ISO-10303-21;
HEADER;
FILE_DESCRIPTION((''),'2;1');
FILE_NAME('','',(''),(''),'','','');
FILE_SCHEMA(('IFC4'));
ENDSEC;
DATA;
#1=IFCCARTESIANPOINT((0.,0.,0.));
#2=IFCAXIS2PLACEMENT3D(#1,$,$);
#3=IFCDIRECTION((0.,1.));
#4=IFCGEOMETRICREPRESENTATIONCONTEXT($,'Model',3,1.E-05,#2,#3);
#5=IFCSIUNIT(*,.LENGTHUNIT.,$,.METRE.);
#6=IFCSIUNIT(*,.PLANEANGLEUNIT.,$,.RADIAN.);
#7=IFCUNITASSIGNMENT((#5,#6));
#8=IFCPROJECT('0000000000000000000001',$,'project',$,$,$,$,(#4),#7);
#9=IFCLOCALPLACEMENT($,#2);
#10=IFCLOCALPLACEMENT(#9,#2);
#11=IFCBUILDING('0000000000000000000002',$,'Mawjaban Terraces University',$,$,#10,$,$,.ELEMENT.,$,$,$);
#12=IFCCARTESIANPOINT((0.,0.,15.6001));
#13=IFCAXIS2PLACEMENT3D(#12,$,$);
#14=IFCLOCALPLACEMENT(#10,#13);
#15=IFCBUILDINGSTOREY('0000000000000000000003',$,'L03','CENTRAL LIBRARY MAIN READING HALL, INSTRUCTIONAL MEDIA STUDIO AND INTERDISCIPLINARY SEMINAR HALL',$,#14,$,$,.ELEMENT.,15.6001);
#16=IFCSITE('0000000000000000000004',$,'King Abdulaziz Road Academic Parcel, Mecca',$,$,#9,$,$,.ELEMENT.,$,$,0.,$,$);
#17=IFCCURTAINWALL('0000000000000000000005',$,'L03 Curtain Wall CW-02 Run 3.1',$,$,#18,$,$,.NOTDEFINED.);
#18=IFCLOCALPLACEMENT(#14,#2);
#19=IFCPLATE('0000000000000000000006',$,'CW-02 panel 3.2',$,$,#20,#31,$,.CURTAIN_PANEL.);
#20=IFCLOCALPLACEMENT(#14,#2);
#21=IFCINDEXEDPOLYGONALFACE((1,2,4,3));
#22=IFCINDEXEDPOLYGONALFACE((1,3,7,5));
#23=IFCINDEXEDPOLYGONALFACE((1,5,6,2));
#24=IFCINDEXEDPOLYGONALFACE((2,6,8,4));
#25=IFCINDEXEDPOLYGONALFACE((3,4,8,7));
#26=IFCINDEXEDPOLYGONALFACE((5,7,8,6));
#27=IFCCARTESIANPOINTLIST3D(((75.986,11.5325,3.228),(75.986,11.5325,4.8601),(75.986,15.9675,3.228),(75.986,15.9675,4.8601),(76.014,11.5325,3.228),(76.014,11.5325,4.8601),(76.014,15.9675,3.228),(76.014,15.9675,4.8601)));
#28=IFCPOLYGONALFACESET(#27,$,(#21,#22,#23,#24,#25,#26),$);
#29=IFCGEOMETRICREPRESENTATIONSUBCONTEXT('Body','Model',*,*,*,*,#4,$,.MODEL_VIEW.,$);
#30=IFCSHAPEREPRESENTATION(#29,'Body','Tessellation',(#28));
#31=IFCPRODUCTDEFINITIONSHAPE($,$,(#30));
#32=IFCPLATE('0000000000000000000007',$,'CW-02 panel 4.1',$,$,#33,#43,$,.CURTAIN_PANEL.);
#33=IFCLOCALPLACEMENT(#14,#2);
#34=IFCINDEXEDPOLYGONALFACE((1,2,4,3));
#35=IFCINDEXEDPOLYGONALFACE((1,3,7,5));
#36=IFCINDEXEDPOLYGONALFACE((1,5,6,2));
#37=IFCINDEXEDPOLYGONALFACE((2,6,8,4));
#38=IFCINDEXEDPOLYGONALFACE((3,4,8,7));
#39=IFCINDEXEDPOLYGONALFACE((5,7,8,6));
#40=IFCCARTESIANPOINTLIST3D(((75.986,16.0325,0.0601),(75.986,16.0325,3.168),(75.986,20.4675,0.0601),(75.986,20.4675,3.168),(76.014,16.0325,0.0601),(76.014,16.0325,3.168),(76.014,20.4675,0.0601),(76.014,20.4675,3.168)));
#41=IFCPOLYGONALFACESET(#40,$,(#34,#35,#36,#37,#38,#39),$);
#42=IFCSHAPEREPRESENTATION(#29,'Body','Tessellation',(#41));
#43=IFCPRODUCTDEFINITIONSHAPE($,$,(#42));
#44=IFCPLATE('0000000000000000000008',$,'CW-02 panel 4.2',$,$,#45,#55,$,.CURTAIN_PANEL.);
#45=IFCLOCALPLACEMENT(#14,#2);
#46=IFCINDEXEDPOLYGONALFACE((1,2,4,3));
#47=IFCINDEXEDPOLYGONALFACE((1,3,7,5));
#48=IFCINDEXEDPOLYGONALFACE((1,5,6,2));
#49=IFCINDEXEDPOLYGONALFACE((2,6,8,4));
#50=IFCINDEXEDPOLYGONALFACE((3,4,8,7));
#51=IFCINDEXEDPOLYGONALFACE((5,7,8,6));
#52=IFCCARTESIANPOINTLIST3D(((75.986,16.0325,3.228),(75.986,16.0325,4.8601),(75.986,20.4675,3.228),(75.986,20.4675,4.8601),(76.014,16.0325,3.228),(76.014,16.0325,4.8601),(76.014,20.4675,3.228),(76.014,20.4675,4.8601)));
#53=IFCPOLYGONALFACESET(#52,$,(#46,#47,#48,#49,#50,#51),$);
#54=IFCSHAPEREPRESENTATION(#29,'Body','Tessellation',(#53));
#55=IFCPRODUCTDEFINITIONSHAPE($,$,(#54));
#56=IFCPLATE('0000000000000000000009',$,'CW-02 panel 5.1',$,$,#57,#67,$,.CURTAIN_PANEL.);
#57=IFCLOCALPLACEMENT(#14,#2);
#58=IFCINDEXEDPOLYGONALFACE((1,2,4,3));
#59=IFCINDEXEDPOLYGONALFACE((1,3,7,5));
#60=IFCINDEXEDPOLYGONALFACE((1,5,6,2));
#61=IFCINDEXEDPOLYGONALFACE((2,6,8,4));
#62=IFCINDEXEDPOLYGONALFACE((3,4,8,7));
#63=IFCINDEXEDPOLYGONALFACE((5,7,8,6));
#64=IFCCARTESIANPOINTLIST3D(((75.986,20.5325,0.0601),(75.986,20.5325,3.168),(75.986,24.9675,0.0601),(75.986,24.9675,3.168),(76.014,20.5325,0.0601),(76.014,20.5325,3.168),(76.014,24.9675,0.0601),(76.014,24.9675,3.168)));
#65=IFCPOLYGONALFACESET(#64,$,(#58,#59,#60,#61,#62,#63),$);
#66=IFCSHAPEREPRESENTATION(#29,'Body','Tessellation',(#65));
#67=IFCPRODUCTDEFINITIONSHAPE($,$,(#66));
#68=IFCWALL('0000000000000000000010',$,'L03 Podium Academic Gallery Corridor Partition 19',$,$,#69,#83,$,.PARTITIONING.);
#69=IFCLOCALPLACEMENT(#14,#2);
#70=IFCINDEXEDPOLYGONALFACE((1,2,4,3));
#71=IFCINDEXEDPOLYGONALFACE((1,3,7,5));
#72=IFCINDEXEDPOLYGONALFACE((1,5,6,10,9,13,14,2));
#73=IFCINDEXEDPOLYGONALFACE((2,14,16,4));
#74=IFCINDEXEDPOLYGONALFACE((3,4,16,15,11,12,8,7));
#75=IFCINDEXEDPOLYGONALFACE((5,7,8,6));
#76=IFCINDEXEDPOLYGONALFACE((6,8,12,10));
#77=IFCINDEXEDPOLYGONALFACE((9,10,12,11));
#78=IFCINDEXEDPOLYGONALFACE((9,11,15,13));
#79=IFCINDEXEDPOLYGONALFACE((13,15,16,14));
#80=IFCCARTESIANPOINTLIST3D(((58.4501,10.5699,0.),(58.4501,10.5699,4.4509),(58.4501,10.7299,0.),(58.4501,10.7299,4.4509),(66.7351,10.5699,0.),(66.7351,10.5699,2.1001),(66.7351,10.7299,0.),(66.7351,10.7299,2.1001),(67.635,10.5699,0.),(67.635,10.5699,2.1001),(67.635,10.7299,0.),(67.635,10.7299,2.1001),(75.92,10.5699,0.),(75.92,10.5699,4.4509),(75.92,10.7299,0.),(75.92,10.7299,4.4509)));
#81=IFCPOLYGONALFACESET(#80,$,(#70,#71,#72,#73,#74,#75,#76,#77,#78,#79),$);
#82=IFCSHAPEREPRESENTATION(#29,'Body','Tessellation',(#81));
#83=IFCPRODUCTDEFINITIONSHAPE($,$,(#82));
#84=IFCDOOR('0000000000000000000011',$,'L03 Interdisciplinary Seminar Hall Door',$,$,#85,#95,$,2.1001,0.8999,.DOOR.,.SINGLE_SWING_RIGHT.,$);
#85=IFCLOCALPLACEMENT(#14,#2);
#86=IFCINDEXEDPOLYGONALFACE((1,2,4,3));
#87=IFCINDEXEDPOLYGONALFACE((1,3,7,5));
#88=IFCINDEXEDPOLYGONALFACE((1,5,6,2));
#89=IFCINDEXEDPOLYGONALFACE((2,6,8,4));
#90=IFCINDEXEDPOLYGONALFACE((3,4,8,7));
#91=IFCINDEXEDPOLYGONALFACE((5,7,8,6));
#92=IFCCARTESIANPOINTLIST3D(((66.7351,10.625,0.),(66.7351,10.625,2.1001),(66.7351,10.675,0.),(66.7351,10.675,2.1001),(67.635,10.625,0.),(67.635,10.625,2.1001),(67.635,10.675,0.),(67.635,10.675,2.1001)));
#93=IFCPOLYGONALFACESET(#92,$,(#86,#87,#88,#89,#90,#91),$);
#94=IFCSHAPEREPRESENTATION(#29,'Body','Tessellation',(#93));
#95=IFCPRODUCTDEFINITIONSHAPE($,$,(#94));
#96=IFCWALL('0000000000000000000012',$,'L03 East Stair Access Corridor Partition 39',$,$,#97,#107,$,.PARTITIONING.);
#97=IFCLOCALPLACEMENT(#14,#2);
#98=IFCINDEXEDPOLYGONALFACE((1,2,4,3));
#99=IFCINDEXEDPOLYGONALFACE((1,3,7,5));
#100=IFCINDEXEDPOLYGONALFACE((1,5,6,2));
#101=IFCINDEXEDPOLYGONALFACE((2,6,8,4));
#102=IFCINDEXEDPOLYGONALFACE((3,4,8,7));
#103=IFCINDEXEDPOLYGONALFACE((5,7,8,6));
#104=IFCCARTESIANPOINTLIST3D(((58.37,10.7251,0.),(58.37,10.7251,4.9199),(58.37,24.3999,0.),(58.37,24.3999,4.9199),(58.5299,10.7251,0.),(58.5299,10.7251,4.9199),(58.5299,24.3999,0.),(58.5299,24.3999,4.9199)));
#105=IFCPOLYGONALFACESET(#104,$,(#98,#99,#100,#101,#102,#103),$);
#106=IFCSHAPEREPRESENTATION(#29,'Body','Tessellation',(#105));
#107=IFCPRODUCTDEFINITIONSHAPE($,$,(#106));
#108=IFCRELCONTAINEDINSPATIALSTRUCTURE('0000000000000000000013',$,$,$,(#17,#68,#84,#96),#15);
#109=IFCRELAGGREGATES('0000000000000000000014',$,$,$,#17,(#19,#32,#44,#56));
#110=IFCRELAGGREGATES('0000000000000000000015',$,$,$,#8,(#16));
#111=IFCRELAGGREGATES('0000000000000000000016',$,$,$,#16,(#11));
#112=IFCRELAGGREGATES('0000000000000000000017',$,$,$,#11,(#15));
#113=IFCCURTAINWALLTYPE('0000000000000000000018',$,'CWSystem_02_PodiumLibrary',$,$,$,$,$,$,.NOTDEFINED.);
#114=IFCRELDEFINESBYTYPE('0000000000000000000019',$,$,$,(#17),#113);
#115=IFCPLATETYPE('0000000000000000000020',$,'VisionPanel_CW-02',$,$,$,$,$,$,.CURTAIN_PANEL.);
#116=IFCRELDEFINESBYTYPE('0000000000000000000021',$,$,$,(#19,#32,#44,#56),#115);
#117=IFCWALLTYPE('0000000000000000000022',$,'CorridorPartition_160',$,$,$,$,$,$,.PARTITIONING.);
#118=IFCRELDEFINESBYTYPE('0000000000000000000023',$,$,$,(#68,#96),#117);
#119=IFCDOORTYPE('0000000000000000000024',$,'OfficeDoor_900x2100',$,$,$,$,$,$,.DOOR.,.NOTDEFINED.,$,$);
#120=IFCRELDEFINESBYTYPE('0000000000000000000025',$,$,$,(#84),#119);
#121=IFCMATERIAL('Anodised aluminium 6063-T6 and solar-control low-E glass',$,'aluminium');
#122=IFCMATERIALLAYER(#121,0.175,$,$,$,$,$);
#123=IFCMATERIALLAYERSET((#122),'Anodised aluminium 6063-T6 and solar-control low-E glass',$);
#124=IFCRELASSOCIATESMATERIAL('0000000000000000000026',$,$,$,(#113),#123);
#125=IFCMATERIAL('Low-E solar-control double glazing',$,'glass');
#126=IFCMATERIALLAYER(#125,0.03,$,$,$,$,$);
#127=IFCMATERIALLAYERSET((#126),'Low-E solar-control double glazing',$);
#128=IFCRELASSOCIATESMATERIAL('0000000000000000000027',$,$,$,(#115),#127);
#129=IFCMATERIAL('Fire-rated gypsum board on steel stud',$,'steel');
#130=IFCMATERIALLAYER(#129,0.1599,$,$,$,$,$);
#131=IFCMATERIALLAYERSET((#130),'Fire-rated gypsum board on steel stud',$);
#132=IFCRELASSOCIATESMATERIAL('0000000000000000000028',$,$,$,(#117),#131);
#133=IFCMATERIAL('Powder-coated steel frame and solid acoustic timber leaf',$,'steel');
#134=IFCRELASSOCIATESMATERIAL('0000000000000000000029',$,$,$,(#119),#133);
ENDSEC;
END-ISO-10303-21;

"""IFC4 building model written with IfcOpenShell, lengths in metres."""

from ifc_helpers import new_model, si_unit, direction, frame, frame_2d, origin, origin_2d, place, context, subcontext, project, spatial, rectangle, extrude, material, layer, layer_set, type_object, element, fill, aggregate, save


model = new_model("IFC4")

# Units and contexts
model_context = context("Model", 3, precision=1e-05, world=origin(), true_north=direction((0.0, 1.0)))
body_context = subcontext(model_context, "Body", "Model", "MODEL_VIEW")
ifc_project = project(units=[si_unit("LENGTHUNIT", "METRE"), si_unit("PLANEANGLEUNIT", "RADIAN")], contexts=[model_context])

# Site, building, storey
site_placement = place(None, origin())
site = spatial("IfcSite", under=ifc_project, at=site_placement, Name="King Abdulaziz Road Academic Parcel, Mecca", CompositionType="ELEMENT", RefElevation=0.0)
building_placement = place(site_placement, origin())
building = spatial("IfcBuilding", under=site, at=building_placement, Name="Mawjaban Terraces University", CompositionType="ELEMENT")
storey_placement = place(building_placement, frame((0.0, 0.0, 15.6001)))
storey = spatial("IfcBuildingStorey", under=building, at=storey_placement, Name="L03", Description="CENTRAL LIBRARY MAIN READING HALL, INSTRUCTIONAL MEDIA STUDIO AND INTERDISCIPLINARY SEMINAR HALL", CompositionType="ELEMENT", Elevation=15.6001)

# Curtain wall, plates
ifc_material_1 = material(Name="Anodised aluminium 6063-T6 and solar-control low-E glass", Category="aluminium")
ifc_layer_1 = layer(ifc_material_1, 0.175)
ifc_layer_set_1 = layer_set([ifc_layer_1], Name="Anodised aluminium 6063-T6 and solar-control low-E glass")
curtain_wall_type = type_object("IfcCurtainWallType", Name="CWSystem_02_PodiumLibrary", PredefinedType="NOTDEFINED", material=ifc_layer_set_1)
curtain_wall_placement = place(storey_placement, origin())
curtain_wall = element("IfcCurtainWall", 1, at=curtain_wall_placement, inside=storey, type_object=curtain_wall_type, Name="L03 Curtain Wall CW-02 Run 3.1", PredefinedType="NOTDEFINED")
ifc_material_2 = material(Name="Low-E solar-control double glazing", Category="glass")
ifc_layer_2 = layer(ifc_material_2, 0.03)
ifc_layer_set_2 = layer_set([ifc_layer_2], Name="Low-E solar-control double glazing")
plate_type = type_object("IfcPlateType", Name="VisionPanel_CW-02", PredefinedType="CURTAIN_PANEL", material=ifc_layer_set_2)
plate_1_placement = place(storey_placement, frame((76.0, 13.75, 3.228), z_axis=(0.0, 0.0, 1.0), x_axis=(0.0, 1.0, 0.0)))
plate_1 = element("IfcPlate", 2, at=plate_1_placement, type_object=plate_type, Name="CW-02 panel 3.2", PredefinedType="CURTAIN_PANEL", context=body_context, shape_type="SweptSolid", body=[
    extrude(rectangle(XDim=4.4351, YDim=0.0281, at=origin_2d()), origin(), (0.0, 0.0, 1.0), 1.6321),
])
plate_2_placement = place(storey_placement, frame((76.0, 18.25, 0.0601), z_axis=(0.0, 0.0, 1.0), x_axis=(0.0, 1.0, 0.0)))
plate_2 = element("IfcPlate", 3, at=plate_2_placement, type_object=plate_type, Name="CW-02 panel 4.1", PredefinedType="CURTAIN_PANEL", context=body_context, shape_type="SweptSolid", body=[
    extrude(rectangle(XDim=4.4351, YDim=0.0281, at=origin_2d()), origin(), (0.0, 0.0, 1.0), 3.1079),
])
plate_3_placement = place(storey_placement, frame((76.0, 18.25, 3.228), z_axis=(0.0, 0.0, 1.0), x_axis=(0.0, 1.0, 0.0)))
plate_3 = element("IfcPlate", 4, at=plate_3_placement, type_object=plate_type, Name="CW-02 panel 4.2", PredefinedType="CURTAIN_PANEL", context=body_context, shape_type="SweptSolid", body=[
    extrude(rectangle(XDim=4.4351, YDim=0.0281, at=origin_2d()), origin(), (0.0, 0.0, 1.0), 1.6321),
])
plate_4_placement = place(storey_placement, frame((76.0, 22.75, 0.0601), z_axis=(0.0, 0.0, 1.0), x_axis=(0.0, 1.0, 0.0)))
plate_4 = element("IfcPlate", 5, at=plate_4_placement, type_object=plate_type, Name="CW-02 panel 5.1", PredefinedType="CURTAIN_PANEL", context=body_context, shape_type="SweptSolid", body=[
    extrude(rectangle(XDim=4.4351, YDim=0.0281, at=origin_2d()), origin(), (0.0, 0.0, 1.0), 3.1079),
])
aggregate(curtain_wall, [plate_1, plate_2, plate_3, plate_4])

# Wall, opening, door
ifc_material_3 = material(Name="Fire-rated gypsum board on steel stud", Category="steel")
ifc_layer_3 = layer(ifc_material_3, 0.1599)
ifc_layer_set_3 = layer_set([ifc_layer_3], Name="Fire-rated gypsum board on steel stud")
wall_type = type_object("IfcWallType", Name="CorridorPartition_160", PredefinedType="PARTITIONING", material=ifc_layer_set_3)
wall_1_placement = place(storey_placement, frame((75.9199, 10.6499, 0.0), z_axis=(0.0, 0.0, 1.0), x_axis=(-1.0, 0.0, 0.0)))
wall_1 = element("IfcWall", 6, at=wall_1_placement, inside=storey, type_object=wall_type, Name="L03 Podium Academic Gallery Corridor Partition 19", PredefinedType="PARTITIONING", context=body_context, shape_type="SweptSolid", body=[
    extrude(rectangle(XDim=17.47, YDim=0.1599, at=frame_2d((8.7349, 0.0))), origin(), (0.0, 0.0, 1.0), 4.4509),
])
opening_placement = place(wall_1_placement, frame((8.2849, 0.0, 0.0)))
opening = element("IfcOpeningElement", 7, at=opening_placement, cuts=wall_1, PredefinedType="OPENING", context=body_context, shape_type="SweptSolid", body=[
    extrude(rectangle(XDim=0.8999, YDim=2.1001, at=frame_2d((0.45, 1.05))), frame((0.0, 0.0898, 0.0), z_axis=(0.0, -1.0, 0.0), x_axis=(1.0, 0.0, 0.0)), (0.0, 0.0, 1.0), 0.1799),
])
ifc_material_4 = material(Name="Powder-coated steel frame and solid acoustic timber leaf", Category="steel")
door_type = type_object("IfcDoorType", Name="OfficeDoor_900x2100", OperationType="NOTDEFINED", PredefinedType="DOOR", material=ifc_material_4)
door_placement = place(opening_placement, origin())
door = element("IfcDoor", 8, at=door_placement, inside=storey, type_object=door_type, Name="L03 Interdisciplinary Seminar Hall Door", OperationType="SINGLE_SWING_RIGHT", OverallHeight=2.1001, OverallWidth=0.8999, PredefinedType="DOOR", context=body_context, shape_type="SweptSolid", body=[
    extrude(rectangle(XDim=0.8999, YDim=2.1001, at=frame_2d((0.45, 1.05))), frame((0.0, 0.0249, 0.0), z_axis=(0.0, -1.0, 0.0), x_axis=(1.0, 0.0, 0.0)), (0.0, 0.0, 1.0), 0.05),
])
fill(opening, door)

# Wall
wall_2_placement = place(storey_placement, frame((58.45, 10.7251, 0.0), z_axis=(0.0, 0.0, 1.0), x_axis=(0.0, 1.0, 0.0)))
element("IfcWall", 9, at=wall_2_placement, inside=storey, type_object=wall_type, Name="L03 East Stair Access Corridor Partition 39", PredefinedType="PARTITIONING", context=body_context, shape_type="SweptSolid", body=[
    extrude(rectangle(XDim=13.6748, YDim=0.1599, at=frame_2d((6.8374, 0.0))), origin(), (0.0, 0.0, 1.0), 4.9199),
])

save(model, "model.ifc")
